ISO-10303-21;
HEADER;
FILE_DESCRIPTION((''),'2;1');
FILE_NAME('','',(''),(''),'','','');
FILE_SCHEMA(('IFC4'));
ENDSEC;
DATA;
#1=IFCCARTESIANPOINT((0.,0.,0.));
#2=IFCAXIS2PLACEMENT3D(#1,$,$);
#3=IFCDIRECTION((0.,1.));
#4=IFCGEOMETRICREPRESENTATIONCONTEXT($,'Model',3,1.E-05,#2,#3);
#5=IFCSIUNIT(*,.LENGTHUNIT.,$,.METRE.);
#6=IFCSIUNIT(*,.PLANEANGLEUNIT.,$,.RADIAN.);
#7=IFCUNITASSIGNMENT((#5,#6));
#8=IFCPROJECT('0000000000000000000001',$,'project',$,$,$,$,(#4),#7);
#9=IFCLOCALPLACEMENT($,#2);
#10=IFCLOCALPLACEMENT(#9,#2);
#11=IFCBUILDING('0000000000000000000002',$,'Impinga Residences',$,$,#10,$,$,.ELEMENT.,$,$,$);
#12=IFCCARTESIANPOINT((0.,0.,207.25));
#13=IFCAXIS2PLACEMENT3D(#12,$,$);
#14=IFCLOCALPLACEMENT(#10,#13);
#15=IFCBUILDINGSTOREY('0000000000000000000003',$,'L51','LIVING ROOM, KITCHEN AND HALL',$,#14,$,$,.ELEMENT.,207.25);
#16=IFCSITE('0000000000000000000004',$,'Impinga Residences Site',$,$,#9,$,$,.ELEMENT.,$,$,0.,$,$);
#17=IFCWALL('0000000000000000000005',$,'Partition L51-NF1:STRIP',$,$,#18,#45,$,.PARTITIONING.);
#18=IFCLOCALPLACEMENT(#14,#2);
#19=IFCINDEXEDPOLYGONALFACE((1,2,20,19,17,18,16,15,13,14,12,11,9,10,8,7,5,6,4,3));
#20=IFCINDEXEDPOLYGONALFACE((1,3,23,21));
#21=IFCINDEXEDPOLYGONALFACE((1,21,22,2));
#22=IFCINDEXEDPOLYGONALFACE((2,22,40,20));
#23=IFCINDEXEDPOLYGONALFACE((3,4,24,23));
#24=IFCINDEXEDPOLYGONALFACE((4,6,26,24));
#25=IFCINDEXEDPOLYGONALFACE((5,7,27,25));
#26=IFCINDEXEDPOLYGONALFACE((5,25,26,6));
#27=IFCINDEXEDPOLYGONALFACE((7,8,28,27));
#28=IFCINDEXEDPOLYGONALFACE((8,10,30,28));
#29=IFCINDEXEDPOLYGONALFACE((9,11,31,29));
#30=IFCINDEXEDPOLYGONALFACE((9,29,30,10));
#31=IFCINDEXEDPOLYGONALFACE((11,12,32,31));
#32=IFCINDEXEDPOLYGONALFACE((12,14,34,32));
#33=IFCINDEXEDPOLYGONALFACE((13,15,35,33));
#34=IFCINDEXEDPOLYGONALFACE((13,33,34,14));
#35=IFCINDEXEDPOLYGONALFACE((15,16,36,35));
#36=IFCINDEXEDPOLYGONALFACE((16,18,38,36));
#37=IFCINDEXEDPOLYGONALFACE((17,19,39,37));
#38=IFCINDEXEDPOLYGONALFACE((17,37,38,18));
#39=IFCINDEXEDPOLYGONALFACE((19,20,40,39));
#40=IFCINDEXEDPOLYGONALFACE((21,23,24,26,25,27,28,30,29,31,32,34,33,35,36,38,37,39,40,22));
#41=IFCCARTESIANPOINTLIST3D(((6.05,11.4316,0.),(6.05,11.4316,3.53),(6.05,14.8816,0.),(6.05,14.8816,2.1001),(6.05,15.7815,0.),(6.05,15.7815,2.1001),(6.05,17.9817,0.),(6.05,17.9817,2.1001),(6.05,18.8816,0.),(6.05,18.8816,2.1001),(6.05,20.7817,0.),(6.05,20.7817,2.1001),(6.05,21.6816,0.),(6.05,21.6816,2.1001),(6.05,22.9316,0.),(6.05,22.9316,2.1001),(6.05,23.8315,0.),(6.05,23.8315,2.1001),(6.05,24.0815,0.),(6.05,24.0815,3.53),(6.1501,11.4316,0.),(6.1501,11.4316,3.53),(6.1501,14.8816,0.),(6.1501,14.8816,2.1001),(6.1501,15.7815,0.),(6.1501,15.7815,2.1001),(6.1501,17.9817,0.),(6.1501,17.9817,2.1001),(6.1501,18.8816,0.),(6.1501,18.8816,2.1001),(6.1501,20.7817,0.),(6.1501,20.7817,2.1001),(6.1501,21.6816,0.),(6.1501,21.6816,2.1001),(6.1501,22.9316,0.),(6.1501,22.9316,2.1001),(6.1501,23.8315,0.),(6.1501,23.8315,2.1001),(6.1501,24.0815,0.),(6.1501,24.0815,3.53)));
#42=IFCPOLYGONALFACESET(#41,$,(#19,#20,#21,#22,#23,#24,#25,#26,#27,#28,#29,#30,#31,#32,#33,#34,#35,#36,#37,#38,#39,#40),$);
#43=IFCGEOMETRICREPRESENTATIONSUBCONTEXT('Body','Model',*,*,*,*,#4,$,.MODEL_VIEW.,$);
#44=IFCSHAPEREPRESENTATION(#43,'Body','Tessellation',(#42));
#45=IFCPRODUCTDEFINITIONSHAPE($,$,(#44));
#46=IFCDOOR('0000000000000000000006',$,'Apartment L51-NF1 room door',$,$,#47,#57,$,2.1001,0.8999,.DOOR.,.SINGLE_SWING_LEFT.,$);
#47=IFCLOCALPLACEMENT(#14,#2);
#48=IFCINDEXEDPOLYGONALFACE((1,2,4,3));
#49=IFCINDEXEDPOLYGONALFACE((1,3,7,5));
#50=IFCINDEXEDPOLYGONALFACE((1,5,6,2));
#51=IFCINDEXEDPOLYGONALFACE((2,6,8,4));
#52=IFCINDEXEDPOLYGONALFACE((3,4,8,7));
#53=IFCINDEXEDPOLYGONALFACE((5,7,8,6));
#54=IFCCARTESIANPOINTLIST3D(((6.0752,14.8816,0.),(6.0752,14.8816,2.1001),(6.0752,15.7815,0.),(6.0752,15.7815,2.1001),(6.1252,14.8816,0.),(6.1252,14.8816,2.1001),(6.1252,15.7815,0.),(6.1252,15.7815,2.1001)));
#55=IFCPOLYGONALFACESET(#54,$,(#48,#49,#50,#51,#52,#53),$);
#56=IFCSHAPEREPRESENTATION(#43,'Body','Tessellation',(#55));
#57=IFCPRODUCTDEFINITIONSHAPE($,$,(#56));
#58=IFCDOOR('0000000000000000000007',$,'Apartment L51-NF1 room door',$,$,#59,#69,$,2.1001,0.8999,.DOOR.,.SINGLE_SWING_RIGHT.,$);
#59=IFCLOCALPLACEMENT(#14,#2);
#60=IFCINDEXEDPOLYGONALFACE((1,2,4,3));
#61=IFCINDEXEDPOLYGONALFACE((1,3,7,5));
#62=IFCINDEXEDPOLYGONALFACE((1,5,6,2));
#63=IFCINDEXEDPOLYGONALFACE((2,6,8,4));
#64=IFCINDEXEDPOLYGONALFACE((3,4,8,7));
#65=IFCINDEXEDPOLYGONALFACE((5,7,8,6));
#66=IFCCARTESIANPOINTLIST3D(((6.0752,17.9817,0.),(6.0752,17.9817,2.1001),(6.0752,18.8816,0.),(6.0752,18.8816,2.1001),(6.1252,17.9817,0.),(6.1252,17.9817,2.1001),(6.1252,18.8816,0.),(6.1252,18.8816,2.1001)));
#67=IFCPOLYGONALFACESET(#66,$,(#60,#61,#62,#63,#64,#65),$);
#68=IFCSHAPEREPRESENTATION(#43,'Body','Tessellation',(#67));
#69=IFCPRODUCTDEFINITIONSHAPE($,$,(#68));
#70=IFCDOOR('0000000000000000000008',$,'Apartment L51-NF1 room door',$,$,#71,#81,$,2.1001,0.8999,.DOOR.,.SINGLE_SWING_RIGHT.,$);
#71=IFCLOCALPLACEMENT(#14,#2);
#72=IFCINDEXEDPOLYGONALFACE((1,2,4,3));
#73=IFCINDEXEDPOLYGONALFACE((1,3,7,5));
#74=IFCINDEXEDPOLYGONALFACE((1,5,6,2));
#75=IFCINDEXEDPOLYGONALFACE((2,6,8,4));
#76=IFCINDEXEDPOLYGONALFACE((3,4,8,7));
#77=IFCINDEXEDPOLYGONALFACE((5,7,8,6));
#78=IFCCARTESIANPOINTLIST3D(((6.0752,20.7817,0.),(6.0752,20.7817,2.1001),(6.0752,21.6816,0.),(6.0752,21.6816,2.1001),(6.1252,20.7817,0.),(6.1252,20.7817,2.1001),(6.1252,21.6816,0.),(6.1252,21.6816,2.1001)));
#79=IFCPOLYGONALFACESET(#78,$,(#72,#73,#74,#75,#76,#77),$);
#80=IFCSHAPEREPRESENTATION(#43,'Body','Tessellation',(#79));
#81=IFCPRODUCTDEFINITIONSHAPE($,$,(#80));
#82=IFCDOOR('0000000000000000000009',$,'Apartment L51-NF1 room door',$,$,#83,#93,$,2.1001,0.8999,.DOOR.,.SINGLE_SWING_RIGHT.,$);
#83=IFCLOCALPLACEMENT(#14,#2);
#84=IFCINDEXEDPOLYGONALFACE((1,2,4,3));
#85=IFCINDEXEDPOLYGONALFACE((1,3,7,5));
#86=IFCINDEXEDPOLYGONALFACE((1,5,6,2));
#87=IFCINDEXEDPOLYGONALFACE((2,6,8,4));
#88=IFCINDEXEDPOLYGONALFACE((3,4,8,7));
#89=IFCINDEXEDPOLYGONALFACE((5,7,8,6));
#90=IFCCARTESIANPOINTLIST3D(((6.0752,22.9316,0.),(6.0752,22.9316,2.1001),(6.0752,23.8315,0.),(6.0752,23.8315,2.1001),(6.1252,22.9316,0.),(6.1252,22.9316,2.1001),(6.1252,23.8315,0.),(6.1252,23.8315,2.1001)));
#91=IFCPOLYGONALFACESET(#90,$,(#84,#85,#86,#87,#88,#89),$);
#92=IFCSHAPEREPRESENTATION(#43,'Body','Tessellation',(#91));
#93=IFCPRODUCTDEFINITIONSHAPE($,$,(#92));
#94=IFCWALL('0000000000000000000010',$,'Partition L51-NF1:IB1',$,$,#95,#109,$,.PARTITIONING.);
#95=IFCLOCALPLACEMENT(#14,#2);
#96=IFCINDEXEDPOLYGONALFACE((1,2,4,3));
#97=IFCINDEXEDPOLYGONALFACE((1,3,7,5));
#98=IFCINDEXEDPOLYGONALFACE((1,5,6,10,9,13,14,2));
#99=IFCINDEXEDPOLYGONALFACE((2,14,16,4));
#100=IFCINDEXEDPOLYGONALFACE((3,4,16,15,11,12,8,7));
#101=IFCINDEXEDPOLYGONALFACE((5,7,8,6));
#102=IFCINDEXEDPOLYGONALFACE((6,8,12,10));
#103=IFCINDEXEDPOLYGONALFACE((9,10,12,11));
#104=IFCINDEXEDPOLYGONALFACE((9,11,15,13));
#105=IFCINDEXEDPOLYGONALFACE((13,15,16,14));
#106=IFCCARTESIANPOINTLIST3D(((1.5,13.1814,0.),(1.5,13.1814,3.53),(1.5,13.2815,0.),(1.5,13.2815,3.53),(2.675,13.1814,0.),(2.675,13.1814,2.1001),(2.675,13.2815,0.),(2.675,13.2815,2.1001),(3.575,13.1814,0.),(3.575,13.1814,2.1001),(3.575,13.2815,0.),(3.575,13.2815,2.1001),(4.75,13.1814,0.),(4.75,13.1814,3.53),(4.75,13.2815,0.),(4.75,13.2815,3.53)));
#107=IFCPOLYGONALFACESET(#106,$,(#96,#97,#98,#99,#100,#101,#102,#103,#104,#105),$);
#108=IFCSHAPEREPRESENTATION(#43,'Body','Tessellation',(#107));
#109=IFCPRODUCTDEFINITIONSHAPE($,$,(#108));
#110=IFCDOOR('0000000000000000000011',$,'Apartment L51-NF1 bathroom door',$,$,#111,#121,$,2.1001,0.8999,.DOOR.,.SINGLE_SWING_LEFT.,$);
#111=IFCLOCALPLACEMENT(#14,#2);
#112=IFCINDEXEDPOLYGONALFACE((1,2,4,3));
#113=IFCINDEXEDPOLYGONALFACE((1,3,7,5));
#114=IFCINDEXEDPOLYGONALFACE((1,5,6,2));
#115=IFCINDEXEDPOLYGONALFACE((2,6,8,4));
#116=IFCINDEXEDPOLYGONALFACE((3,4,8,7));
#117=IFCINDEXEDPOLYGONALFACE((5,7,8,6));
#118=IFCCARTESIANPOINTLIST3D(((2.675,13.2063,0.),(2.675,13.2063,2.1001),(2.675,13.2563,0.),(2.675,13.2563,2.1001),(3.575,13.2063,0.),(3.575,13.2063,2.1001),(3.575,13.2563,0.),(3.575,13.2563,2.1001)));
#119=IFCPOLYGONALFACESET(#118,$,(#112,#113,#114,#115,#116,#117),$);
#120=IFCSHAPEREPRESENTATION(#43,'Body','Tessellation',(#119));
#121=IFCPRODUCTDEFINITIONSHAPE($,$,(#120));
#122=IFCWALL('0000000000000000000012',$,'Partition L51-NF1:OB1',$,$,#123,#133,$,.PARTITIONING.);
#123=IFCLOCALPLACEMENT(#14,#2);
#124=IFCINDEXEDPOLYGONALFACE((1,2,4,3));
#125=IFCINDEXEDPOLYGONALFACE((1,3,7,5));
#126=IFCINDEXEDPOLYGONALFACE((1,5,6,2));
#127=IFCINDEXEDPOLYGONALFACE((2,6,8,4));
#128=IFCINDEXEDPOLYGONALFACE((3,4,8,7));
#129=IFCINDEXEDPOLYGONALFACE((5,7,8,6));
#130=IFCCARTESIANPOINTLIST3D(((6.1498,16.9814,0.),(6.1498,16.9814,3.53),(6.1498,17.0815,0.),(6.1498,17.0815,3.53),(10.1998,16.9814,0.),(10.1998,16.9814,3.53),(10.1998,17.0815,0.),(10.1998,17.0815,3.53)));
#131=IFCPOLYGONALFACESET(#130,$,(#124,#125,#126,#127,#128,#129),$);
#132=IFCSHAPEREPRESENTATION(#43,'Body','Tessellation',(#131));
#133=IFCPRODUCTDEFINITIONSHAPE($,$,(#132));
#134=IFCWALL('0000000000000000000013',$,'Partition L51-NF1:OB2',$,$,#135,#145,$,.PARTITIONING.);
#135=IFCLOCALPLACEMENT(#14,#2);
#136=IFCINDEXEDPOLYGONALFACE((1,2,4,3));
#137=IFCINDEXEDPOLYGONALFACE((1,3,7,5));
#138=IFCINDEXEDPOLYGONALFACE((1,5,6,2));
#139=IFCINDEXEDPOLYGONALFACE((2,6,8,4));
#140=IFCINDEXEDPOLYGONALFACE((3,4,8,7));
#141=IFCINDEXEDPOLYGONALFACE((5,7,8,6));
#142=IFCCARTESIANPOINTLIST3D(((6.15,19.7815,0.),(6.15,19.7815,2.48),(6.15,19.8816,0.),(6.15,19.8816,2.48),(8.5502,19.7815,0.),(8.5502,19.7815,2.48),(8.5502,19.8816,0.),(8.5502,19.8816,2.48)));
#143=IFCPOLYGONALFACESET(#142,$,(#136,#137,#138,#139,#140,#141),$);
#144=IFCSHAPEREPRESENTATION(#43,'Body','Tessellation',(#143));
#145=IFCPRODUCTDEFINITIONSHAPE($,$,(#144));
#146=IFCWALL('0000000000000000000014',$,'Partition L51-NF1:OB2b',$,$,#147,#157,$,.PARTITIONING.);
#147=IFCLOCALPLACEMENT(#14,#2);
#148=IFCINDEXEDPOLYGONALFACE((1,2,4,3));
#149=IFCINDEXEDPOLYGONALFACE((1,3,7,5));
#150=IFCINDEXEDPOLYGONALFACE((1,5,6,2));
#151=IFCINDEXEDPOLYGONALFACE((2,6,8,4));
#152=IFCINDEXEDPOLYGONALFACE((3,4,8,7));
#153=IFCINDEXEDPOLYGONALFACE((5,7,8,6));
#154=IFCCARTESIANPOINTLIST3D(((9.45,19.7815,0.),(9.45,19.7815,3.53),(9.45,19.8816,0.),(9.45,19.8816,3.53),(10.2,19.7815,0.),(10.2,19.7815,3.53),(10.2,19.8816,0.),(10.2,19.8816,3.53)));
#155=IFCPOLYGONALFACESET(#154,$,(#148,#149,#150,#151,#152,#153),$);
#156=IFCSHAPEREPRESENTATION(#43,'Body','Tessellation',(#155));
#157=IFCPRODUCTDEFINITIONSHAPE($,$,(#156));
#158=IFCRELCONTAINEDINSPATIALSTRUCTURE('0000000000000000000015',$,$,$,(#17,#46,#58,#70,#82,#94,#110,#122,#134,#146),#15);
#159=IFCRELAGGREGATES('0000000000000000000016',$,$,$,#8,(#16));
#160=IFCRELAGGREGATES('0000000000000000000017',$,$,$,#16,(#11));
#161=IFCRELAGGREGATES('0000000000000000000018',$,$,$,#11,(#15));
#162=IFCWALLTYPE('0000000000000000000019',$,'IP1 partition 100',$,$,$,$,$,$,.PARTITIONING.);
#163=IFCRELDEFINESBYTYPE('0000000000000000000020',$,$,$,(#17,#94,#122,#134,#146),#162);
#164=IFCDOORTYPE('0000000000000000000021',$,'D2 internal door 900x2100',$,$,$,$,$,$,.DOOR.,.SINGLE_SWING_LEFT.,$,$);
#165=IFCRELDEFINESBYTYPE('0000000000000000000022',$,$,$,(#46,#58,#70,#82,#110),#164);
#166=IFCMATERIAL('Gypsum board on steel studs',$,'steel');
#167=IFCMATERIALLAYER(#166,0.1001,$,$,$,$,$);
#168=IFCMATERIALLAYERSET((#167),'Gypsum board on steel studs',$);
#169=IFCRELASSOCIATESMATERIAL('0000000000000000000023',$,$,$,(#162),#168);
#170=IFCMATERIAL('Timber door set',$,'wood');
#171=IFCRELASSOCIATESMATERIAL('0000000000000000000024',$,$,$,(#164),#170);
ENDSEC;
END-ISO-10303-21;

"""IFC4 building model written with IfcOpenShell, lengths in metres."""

from ifc_helpers import new_model, si_unit, direction, frame, frame_2d, origin, place, context, subcontext, project, spatial, rectangle, extrude, material, layer, layer_set, type_object, element, fill, save


model = new_model("IFC4")

# Units and contexts
model_context = context("Model", 3, precision=1e-05, world=origin(), true_north=direction((0.0, 1.0)))
body_context = subcontext(model_context, "Body", "Model", "MODEL_VIEW")
ifc_project = project(units=[si_unit("LENGTHUNIT", "METRE"), si_unit("PLANEANGLEUNIT", "RADIAN")], contexts=[model_context])

# Site, building, storey
site_placement = place(None, origin())
site = spatial("IfcSite", under=ifc_project, at=site_placement, Name="Impinga Residences Site", CompositionType="ELEMENT", RefElevation=0.0)
building_placement = place(site_placement, origin())
building = spatial("IfcBuilding", under=site, at=building_placement, Name="Impinga Residences", CompositionType="ELEMENT")
storey_placement = place(building_placement, frame((0.0, 0.0, 207.25)))
storey = spatial("IfcBuildingStorey", under=building, at=storey_placement, Name="L51", Description="LIVING ROOM, KITCHEN AND HALL", CompositionType="ELEMENT", Elevation=207.25)

# Shared definitions
ifc_material_1 = material(Name="Timber door set", Category="wood")

# Shared definitions
ifc_material_2 = material(Name="Gypsum board on steel studs", Category="steel")
ifc_layer_1 = layer(ifc_material_2, 0.1001)
ifc_layer_set_1 = layer_set([ifc_layer_1], Name="Gypsum board on steel studs")
wall_type_1 = type_object("IfcWallType", Name="IP1 partition 100", PredefinedType="PARTITIONING", material=ifc_layer_set_1)

# Wall, openings, doors
wall_1_placement = place(storey_placement, frame((6.1001, 11.4316, 0.0), z_axis=(0.0, 0.0, 1.0), x_axis=(0.0, 1.0, 0.0)))
wall_1 = element("IfcWall", 1, at=wall_1_placement, inside=storey, type_object=wall_type_1, Name="Partition L51-NF1:STRIP", PredefinedType="PARTITIONING", context=body_context, shape_type="SweptSolid", body=[
    extrude(rectangle(XDim=12.6499, YDim=0.1001, at=frame_2d((6.325, 0.0))), origin(), (0.0, 0.0, 1.0), 3.53),
])
opening_1_placement = place(wall_1_placement, frame((3.45, 0.0, 0.0)))
opening_1 = element("IfcOpeningElement", 2, at=opening_1_placement, cuts=wall_1, PredefinedType="OPENING", context=body_context, shape_type="SweptSolid", body=[
    extrude(rectangle(XDim=0.8999, YDim=2.1001, at=frame_2d((0.45, 1.05))), frame((0.0, 0.0601, 0.0), z_axis=(0.0, -1.0, 0.0), x_axis=(1.0, 0.0, 0.0)), (0.0, 0.0, 1.0), 0.1201),
])
opening_2_placement = place(wall_1_placement, frame((6.55, 0.0, 0.0)))
opening_2 = element("IfcOpeningElement", 3, at=opening_2_placement, cuts=wall_1, PredefinedType="OPENING", context=body_context, shape_type="SweptSolid", body=[
    extrude(rectangle(XDim=0.8999, YDim=2.1001, at=frame_2d((0.45, 1.05))), frame((0.0, 0.0601, 0.0), z_axis=(0.0, -1.0, 0.0), x_axis=(1.0, 0.0, 0.0)), (0.0, 0.0, 1.0), 0.1201),
])
opening_3_placement = place(wall_1_placement, frame((9.3501, 0.0, 0.0)))
opening_3 = element("IfcOpeningElement", 4, at=opening_3_placement, cuts=wall_1, PredefinedType="OPENING", context=body_context, shape_type="SweptSolid", body=[
    extrude(rectangle(XDim=0.8999, YDim=2.1001, at=frame_2d((0.45, 1.05))), frame((0.0, 0.0601, 0.0), z_axis=(0.0, -1.0, 0.0), x_axis=(1.0, 0.0, 0.0)), (0.0, 0.0, 1.0), 0.1201),
])
opening_4_placement = place(wall_1_placement, frame((11.5, 0.0, 0.0)))
opening_4 = element("IfcOpeningElement", 5, at=opening_4_placement, cuts=wall_1, PredefinedType="OPENING", context=body_context, shape_type="SweptSolid", body=[
    extrude(rectangle(XDim=0.8999, YDim=2.1001, at=frame_2d((0.45, 1.05))), frame((0.0, 0.0601, 0.0), z_axis=(0.0, -1.0, 0.0), x_axis=(1.0, 0.0, 0.0)), (0.0, 0.0, 1.0), 0.1201),
])
door_type_1 = type_object("IfcDoorType", Name="D2 internal door 900x2100", OperationType="SINGLE_SWING_LEFT", PredefinedType="DOOR", material=ifc_material_1)
door_1_placement = place(opening_1_placement, origin())
door_1 = element("IfcDoor", 6, at=door_1_placement, inside=storey, type_object=door_type_1, Name="Apartment L51-NF1 room door", OperationType="SINGLE_SWING_LEFT", OverallHeight=2.1001, OverallWidth=0.8999, PredefinedType="DOOR", context=body_context, shape_type="SweptSolid", body=[
    extrude(rectangle(XDim=0.8999, YDim=2.1001, at=frame_2d((0.45, 1.05))), frame((0.0, 0.0249, 0.0), z_axis=(0.0, -1.0, 0.0), x_axis=(1.0, 0.0, 0.0)), (0.0, 0.0, 1.0), 0.05),
])
fill(opening_1, door_1)
door_2_placement = place(opening_2_placement, origin())
door_2 = element("IfcDoor", 7, at=door_2_placement, inside=storey, type_object=door_type_1, Name="Apartment L51-NF1 room door", OperationType="SINGLE_SWING_RIGHT", OverallHeight=2.1001, OverallWidth=0.8999, PredefinedType="DOOR", context=body_context, shape_type="SweptSolid", body=[
    extrude(rectangle(XDim=0.8999, YDim=2.1001, at=frame_2d((0.45, 1.05))), frame((0.0, 0.0249, 0.0), z_axis=(0.0, -1.0, 0.0), x_axis=(1.0, 0.0, 0.0)), (0.0, 0.0, 1.0), 0.05),
])
fill(opening_2, door_2)
door_3_placement = place(opening_3_placement, origin())
door_3 = element("IfcDoor", 8, at=door_3_placement, inside=storey, type_object=door_type_1, Name="Apartment L51-NF1 room door", OperationType="SINGLE_SWING_RIGHT", OverallHeight=2.1001, OverallWidth=0.8999, PredefinedType="DOOR", context=body_context, shape_type="SweptSolid", body=[
    extrude(rectangle(XDim=0.8999, YDim=2.1001, at=frame_2d((0.45, 1.05))), frame((0.0, 0.0249, 0.0), z_axis=(0.0, -1.0, 0.0), x_axis=(1.0, 0.0, 0.0)), (0.0, 0.0, 1.0), 0.05),
])
fill(opening_3, door_3)
door_4_placement = place(opening_4_placement, origin())
door_4 = element("IfcDoor", 9, at=door_4_placement, inside=storey, type_object=door_type_1, Name="Apartment L51-NF1 room door", OperationType="SINGLE_SWING_RIGHT", OverallHeight=2.1001, OverallWidth=0.8999, PredefinedType="DOOR", context=body_context, shape_type="SweptSolid", body=[
    extrude(rectangle(XDim=0.8999, YDim=2.1001, at=frame_2d((0.45, 1.05))), frame((0.0, 0.0249, 0.0), z_axis=(0.0, -1.0, 0.0), x_axis=(1.0, 0.0, 0.0)), (0.0, 0.0, 1.0), 0.05),
])
fill(opening_4, door_4)

# Wall, opening, door
wall_2_placement = place(storey_placement, frame((1.5, 13.2314, 0.0), z_axis=(0.0, 0.0, 1.0), x_axis=(1.0, 0.0, 0.0)))
wall_2 = element("IfcWall", 10, at=wall_2_placement, inside=storey, type_object=wall_type_1, Name="Partition L51-NF1:IB1", PredefinedType="PARTITIONING", context=body_context, shape_type="SweptSolid", body=[
    extrude(rectangle(XDim=3.25, YDim=0.1001, at=frame_2d((1.625, 0.0))), origin(), (0.0, 0.0, 1.0), 3.53),
])
opening_5_placement = place(wall_2_placement, frame((1.175, 0.0, 0.0)))
opening_5 = element("IfcOpeningElement", 11, at=opening_5_placement, cuts=wall_2, PredefinedType="OPENING", context=body_context, shape_type="SweptSolid", body=[
    extrude(rectangle(XDim=0.8999, YDim=2.1001, at=frame_2d((0.45, 1.05))), frame((0.0, 0.0601, 0.0), z_axis=(0.0, -1.0, 0.0), x_axis=(1.0, 0.0, 0.0)), (0.0, 0.0, 1.0), 0.1201),
])
door_5_placement = place(opening_5_placement, origin())
door_5 = element("IfcDoor", 12, at=door_5_placement, inside=storey, type_object=door_type_1, Name="Apartment L51-NF1 bathroom door", OperationType="SINGLE_SWING_LEFT", OverallHeight=2.1001, OverallWidth=0.8999, PredefinedType="DOOR", context=body_context, shape_type="SweptSolid", body=[
    extrude(rectangle(XDim=0.8999, YDim=2.1001, at=frame_2d((0.45, 1.05))), frame((0.0, 0.0249, 0.0), z_axis=(0.0, -1.0, 0.0), x_axis=(1.0, 0.0, 0.0)), (0.0, 0.0, 1.0), 0.05),
])
fill(opening_5, door_5)

# Walls
wall_3_placement = place(storey_placement, frame((6.1499, 17.0315, 0.0), z_axis=(0.0, 0.0, 1.0), x_axis=(1.0, 0.0, 0.0)))
element("IfcWall", 13, at=wall_3_placement, inside=storey, type_object=wall_type_1, Name="Partition L51-NF1:OB1", PredefinedType="PARTITIONING", context=body_context, shape_type="SweptSolid", body=[
    extrude(rectangle(XDim=4.05, YDim=0.1001, at=frame_2d((2.0249, 0.0))), origin(), (0.0, 0.0, 1.0), 3.53),
])
wall_4_placement = place(storey_placement, frame((6.1499, 19.8315, 0.0), z_axis=(0.0, 0.0, 1.0), x_axis=(1.0, 0.0, 0.0)))
element("IfcWall", 14, at=wall_4_placement, inside=storey, type_object=wall_type_1, Name="Partition L51-NF1:OB2", PredefinedType="PARTITIONING", context=body_context, shape_type="SweptSolid", body=[
    extrude(rectangle(XDim=2.4001, YDim=0.1001, at=frame_2d((1.2002, 0.0))), origin(), (0.0, 0.0, 1.0), 2.48),
])
wall_5_placement = place(storey_placement, frame((9.45, 19.8315, 0.0), z_axis=(0.0, 0.0, 1.0), x_axis=(1.0, 0.0, 0.0)))
element("IfcWall", 15, at=wall_5_placement, inside=storey, type_object=wall_type_1, Name="Partition L51-NF1:OB2b", PredefinedType="PARTITIONING", context=body_context, shape_type="SweptSolid", body=[
    extrude(rectangle(XDim=0.75, YDim=0.1001, at=frame_2d((0.375, 0.0))), origin(), (0.0, 0.0, 1.0), 3.53),
])

save(model, "model.ifc")
